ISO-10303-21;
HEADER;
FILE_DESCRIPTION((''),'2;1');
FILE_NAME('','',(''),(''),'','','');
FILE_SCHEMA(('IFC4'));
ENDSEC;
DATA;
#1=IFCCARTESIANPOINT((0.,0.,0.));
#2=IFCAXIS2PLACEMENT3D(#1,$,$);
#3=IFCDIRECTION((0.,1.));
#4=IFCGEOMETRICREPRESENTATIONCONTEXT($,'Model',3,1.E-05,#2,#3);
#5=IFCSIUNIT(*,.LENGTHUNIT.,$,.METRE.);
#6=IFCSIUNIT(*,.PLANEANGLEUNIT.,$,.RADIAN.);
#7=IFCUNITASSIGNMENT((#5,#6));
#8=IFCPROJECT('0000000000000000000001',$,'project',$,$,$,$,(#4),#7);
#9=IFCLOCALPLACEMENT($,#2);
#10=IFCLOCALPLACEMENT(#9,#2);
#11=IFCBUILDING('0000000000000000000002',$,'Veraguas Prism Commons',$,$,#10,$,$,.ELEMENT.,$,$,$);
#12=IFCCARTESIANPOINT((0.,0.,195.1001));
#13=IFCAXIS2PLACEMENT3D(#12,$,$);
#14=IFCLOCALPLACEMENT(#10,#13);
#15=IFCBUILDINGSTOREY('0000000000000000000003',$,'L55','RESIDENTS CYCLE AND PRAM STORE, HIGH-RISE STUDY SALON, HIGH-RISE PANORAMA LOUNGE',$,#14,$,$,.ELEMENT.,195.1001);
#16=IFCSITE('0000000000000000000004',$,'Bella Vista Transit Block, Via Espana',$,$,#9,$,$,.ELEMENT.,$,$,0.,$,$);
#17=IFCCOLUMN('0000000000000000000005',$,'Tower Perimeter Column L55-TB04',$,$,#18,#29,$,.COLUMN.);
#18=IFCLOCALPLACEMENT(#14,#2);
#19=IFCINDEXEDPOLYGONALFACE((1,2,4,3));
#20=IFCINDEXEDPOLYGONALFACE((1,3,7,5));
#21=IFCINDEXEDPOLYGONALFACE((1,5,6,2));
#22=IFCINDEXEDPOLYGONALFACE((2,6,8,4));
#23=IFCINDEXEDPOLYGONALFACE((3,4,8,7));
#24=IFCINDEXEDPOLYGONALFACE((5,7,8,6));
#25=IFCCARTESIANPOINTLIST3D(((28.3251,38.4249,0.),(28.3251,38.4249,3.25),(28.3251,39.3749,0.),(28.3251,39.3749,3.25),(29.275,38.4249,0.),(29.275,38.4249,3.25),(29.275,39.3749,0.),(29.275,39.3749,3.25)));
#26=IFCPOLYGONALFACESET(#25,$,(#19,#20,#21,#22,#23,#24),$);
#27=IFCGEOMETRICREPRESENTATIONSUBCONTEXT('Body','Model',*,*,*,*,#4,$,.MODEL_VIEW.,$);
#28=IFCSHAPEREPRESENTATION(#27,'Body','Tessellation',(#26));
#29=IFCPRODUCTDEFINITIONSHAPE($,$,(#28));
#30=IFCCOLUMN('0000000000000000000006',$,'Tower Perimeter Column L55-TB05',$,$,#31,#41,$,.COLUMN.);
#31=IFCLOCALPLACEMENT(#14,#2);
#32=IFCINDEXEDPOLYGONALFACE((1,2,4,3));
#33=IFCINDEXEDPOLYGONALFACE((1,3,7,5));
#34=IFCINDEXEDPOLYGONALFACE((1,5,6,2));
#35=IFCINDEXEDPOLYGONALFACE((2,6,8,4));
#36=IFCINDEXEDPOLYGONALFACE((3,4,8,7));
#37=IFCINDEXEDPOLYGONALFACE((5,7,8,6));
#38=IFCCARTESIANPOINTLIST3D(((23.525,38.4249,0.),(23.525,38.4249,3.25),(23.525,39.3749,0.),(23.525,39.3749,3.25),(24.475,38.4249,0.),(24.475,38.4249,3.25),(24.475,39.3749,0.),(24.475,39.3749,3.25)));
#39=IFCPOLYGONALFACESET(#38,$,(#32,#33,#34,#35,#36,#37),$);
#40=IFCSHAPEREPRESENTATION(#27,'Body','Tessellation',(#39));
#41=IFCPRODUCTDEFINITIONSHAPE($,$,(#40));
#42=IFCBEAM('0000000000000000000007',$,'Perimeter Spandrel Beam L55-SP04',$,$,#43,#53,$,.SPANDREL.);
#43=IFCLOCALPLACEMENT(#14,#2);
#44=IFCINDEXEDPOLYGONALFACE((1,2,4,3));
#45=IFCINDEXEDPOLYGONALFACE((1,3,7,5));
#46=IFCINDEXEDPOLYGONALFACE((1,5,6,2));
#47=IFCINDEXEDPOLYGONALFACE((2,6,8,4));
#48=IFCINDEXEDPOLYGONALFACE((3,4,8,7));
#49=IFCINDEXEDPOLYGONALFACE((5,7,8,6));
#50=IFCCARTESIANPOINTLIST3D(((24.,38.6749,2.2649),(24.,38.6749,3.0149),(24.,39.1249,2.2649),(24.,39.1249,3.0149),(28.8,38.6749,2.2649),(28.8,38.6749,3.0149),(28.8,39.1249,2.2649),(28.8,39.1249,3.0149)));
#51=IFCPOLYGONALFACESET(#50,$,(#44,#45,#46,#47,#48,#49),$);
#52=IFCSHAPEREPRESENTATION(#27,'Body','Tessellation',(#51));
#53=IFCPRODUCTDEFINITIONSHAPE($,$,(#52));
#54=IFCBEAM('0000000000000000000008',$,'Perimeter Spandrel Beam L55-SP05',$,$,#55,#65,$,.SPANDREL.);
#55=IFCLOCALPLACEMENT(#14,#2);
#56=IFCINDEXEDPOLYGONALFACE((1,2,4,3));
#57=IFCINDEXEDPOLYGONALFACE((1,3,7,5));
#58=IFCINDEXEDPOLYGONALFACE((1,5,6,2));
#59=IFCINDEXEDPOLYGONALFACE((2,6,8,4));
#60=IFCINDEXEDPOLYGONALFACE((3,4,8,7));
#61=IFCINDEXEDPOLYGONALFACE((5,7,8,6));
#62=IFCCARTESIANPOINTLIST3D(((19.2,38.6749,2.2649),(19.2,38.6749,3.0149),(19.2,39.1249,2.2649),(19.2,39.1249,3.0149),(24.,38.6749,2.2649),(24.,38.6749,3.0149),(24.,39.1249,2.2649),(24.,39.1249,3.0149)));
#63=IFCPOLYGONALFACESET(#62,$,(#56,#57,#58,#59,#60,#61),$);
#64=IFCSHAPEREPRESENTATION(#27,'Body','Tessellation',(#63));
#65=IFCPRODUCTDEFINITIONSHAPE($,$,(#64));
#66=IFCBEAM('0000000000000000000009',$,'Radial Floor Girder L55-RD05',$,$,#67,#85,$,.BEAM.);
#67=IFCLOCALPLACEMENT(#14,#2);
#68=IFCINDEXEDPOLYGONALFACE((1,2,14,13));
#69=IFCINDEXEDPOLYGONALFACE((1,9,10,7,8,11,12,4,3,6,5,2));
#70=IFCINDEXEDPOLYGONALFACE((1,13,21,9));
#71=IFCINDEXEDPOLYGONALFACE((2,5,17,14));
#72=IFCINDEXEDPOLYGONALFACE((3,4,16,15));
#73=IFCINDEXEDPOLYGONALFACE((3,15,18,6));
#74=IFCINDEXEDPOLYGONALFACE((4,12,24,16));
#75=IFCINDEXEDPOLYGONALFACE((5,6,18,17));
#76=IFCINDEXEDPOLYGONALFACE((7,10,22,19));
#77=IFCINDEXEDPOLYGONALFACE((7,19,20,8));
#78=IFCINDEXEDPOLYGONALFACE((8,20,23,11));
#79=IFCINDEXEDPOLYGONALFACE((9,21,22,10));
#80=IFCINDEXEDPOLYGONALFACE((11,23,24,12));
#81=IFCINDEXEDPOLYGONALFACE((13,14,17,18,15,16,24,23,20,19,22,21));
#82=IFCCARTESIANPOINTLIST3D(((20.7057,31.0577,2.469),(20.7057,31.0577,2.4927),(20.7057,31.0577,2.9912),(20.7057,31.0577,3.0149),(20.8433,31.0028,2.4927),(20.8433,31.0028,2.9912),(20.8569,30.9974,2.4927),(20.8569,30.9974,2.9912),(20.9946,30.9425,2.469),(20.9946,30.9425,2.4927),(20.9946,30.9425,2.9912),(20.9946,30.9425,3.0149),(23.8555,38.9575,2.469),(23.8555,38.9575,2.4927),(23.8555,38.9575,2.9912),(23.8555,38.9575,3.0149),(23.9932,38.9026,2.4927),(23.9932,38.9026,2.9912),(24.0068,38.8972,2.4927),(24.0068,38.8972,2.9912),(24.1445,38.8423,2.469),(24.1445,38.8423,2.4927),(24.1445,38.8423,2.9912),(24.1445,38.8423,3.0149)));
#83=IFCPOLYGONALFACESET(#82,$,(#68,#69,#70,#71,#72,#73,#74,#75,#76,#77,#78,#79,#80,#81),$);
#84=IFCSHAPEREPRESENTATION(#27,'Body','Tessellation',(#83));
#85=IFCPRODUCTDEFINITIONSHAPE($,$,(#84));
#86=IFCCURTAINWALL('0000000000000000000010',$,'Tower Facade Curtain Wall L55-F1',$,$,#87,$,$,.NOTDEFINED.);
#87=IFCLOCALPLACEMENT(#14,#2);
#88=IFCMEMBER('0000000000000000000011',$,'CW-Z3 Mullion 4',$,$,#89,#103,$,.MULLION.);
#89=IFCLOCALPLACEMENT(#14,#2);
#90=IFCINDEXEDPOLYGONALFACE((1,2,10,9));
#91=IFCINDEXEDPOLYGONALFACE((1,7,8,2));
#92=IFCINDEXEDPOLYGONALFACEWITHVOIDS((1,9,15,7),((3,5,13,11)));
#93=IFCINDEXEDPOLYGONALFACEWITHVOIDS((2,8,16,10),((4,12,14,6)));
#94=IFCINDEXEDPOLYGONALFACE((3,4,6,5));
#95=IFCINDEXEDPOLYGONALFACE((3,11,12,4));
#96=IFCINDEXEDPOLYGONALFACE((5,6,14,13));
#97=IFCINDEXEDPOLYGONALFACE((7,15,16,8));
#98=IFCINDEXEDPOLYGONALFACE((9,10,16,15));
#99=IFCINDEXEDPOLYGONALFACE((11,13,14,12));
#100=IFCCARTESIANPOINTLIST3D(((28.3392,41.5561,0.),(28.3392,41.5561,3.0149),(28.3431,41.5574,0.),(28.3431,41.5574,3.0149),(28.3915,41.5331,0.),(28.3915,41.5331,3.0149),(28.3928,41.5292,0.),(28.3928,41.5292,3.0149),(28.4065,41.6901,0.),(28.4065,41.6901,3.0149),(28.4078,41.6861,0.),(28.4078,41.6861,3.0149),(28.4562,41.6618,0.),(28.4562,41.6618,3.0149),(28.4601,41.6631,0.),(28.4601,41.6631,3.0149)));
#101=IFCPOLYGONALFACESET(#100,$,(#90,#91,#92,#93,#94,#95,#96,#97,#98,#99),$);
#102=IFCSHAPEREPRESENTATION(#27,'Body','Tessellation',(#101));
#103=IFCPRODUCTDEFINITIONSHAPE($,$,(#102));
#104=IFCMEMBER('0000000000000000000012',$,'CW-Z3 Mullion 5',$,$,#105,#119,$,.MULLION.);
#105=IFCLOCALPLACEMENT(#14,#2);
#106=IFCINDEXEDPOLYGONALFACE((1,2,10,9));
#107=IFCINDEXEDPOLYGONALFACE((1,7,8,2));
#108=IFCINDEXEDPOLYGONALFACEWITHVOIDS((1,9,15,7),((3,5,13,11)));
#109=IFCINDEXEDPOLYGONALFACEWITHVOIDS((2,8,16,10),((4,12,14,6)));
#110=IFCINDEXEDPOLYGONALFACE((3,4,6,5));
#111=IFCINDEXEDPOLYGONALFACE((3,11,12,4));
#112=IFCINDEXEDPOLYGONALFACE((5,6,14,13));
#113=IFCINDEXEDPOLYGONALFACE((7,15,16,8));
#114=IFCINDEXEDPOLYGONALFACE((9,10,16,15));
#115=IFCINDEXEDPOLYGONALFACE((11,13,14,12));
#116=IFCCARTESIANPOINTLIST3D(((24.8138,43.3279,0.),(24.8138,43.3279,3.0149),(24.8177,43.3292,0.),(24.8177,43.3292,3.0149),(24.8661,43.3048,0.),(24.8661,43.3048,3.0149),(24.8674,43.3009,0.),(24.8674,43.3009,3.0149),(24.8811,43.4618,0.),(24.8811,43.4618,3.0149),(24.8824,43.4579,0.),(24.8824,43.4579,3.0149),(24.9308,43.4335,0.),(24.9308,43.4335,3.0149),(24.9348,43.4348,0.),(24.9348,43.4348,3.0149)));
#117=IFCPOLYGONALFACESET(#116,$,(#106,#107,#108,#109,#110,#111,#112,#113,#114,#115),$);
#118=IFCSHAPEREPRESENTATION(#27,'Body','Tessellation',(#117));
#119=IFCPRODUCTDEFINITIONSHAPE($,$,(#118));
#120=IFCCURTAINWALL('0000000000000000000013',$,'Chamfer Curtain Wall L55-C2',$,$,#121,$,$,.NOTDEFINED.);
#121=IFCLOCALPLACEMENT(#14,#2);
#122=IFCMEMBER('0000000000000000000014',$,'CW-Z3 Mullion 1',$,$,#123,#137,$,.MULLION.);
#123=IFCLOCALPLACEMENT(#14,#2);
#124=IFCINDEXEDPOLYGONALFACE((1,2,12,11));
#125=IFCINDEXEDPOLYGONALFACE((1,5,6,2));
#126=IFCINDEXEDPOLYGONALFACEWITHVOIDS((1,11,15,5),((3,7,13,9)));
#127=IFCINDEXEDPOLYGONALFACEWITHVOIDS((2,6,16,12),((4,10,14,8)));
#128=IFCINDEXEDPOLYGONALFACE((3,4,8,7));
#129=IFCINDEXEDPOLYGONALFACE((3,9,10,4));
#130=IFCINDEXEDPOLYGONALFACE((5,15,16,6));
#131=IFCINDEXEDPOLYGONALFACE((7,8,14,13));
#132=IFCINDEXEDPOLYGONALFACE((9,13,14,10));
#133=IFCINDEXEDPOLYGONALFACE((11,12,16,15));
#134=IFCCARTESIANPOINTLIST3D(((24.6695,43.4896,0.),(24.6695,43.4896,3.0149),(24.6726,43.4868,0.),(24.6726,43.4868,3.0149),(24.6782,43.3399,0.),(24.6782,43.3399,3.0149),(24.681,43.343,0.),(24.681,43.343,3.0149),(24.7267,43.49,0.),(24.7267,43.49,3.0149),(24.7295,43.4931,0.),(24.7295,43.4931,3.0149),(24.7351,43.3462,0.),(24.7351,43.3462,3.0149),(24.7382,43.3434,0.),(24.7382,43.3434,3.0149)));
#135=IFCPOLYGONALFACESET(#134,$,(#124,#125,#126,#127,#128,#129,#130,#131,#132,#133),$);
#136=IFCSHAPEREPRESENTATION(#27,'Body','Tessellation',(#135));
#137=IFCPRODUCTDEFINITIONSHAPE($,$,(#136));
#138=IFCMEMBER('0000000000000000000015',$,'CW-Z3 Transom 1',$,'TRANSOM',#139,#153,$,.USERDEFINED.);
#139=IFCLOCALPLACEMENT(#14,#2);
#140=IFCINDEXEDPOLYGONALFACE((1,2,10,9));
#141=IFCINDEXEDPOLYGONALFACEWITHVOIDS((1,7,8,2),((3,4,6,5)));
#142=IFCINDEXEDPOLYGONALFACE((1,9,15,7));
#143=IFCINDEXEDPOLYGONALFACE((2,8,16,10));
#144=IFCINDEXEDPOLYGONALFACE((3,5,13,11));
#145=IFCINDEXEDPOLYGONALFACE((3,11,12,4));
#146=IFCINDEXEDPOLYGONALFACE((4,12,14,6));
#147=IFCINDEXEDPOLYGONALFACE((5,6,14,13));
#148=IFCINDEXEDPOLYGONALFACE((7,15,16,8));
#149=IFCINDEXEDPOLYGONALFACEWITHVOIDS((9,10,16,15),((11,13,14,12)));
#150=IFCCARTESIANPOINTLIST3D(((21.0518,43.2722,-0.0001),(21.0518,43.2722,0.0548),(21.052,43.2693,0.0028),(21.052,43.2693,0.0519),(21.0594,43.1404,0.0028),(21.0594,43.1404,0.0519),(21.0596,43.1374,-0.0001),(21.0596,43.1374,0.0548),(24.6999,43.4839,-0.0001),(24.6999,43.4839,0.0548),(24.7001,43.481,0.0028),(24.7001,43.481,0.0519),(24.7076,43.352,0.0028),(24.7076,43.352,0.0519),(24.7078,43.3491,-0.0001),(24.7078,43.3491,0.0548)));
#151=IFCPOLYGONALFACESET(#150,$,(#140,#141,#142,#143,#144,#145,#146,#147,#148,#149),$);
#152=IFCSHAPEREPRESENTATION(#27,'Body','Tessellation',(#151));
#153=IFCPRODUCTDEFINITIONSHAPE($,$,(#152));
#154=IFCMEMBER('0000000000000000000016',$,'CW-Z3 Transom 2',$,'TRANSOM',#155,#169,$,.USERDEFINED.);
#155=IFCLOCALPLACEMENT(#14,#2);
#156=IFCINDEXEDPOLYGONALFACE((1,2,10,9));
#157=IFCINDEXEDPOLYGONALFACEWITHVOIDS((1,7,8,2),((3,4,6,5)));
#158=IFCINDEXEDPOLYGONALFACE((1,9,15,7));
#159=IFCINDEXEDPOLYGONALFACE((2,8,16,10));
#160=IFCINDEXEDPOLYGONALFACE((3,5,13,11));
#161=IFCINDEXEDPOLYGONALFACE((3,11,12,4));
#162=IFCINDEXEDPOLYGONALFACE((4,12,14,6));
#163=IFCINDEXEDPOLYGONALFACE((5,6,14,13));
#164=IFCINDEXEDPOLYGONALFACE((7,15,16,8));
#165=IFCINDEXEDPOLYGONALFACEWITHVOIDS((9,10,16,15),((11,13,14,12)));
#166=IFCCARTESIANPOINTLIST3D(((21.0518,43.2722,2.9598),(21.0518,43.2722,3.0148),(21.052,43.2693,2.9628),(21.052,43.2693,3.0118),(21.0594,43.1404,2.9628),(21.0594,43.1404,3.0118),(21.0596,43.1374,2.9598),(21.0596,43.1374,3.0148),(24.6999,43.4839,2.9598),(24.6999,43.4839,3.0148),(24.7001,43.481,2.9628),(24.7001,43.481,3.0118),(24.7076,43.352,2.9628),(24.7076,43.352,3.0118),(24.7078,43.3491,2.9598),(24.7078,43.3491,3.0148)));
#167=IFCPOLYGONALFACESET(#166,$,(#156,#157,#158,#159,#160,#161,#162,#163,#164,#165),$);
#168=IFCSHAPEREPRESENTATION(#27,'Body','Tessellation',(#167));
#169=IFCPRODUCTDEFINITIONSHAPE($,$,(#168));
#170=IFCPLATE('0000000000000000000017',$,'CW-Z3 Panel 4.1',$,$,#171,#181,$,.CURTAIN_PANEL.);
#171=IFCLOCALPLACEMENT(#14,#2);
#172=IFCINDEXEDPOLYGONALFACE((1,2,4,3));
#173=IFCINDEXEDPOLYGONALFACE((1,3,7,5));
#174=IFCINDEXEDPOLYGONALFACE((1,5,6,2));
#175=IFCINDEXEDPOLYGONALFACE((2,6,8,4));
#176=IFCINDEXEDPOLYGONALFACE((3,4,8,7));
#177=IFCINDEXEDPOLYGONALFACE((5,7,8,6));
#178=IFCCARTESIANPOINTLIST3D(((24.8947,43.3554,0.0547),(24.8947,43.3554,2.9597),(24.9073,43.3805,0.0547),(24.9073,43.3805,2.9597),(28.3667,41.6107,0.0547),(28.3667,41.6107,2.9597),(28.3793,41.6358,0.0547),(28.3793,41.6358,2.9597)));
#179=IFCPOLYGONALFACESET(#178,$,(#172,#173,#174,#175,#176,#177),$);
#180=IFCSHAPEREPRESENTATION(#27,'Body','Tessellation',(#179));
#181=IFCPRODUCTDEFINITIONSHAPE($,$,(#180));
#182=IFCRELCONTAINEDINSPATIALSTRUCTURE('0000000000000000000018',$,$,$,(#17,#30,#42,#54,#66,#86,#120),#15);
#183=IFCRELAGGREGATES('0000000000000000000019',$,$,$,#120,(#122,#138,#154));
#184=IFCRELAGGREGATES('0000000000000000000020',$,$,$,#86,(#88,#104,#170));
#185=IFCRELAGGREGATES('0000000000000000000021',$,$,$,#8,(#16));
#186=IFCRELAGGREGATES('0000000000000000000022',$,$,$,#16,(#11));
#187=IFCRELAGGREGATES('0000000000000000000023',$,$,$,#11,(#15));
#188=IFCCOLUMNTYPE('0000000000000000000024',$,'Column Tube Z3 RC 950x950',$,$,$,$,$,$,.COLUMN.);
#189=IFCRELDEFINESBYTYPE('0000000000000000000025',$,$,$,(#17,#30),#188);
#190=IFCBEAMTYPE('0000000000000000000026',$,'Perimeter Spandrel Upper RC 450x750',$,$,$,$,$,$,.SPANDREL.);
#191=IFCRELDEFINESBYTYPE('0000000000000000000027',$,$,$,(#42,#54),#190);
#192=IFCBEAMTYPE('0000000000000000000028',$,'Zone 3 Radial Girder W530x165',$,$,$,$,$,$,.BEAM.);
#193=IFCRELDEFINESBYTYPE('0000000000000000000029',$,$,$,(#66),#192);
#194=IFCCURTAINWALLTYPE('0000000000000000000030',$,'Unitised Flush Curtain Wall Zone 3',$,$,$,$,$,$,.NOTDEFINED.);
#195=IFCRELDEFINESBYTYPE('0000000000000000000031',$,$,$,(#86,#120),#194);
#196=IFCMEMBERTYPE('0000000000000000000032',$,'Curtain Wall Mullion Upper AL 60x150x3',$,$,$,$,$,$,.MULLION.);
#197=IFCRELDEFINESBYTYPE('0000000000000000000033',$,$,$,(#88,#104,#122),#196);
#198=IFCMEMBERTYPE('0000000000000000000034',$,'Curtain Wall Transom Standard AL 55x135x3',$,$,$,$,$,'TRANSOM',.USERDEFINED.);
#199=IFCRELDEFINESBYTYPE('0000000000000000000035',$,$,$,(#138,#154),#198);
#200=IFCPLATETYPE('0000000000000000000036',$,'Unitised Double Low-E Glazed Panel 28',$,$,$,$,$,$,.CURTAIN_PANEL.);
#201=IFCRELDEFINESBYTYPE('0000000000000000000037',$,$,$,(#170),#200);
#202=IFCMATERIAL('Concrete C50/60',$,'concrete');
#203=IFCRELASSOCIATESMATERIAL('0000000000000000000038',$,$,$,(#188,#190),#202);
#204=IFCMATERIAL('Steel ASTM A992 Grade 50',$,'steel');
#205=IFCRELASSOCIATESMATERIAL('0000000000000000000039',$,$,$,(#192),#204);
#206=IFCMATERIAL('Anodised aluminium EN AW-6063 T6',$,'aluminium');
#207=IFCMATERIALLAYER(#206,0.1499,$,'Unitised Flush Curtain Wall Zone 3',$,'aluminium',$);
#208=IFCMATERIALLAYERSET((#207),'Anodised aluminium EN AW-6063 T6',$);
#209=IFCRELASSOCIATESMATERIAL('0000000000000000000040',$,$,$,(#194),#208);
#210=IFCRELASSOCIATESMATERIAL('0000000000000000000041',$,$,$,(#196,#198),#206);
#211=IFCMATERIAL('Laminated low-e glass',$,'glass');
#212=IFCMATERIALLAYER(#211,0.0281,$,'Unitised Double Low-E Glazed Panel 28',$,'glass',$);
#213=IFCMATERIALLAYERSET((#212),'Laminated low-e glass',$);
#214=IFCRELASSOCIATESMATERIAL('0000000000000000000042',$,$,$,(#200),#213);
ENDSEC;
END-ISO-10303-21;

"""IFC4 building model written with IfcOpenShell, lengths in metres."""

from ifc_helpers import new_model, si_unit, direction, frame, origin, origin_2d, place, context, subcontext, project, spatial, rectangle, hollow_rectangle, i_section, extrude, source, transform, mapped, material, layer, layer_set, material_profile, profile_set, type_object, element, aggregate, save


model = new_model("IFC4")

# Units and contexts
model_context = context("Model", 3, precision=1e-05, world=origin(), true_north=direction((0.0, 1.0)))
body_context = subcontext(model_context, "Body", "Model", "MODEL_VIEW")
ifc_project = project(units=[si_unit("LENGTHUNIT", "METRE"), si_unit("PLANEANGLEUNIT", "RADIAN")], contexts=[model_context])

# Site, building, storey
site_placement = place(None, origin())
site = spatial("IfcSite", under=ifc_project, at=site_placement, Name="Bella Vista Transit Block, Via Espana", CompositionType="ELEMENT", RefElevation=0.0)
building_placement = place(site_placement, origin())
building = spatial("IfcBuilding", under=site, at=building_placement, Name="Veraguas Prism Commons", CompositionType="ELEMENT")
storey_placement = place(building_placement, frame((0.0, 0.0, 195.1001)))
storey = spatial("IfcBuildingStorey", under=building, at=storey_placement, Name="L55", Description="RESIDENTS CYCLE AND PRAM STORE, HIGH-RISE STUDY SALON, HIGH-RISE PANORAMA LOUNGE", CompositionType="ELEMENT", Elevation=195.1001)

# Columns
ifc_material_1 = material(Name="Concrete C50/60", Category="concrete")
ifc_material_profile_1 = material_profile(ifc_material_1, rectangle(XDim=0.95, YDim=0.95, at=origin_2d()), Name="RC950X950")
ifc_profile_set_1 = profile_set([ifc_material_profile_1], Name="Concrete C50/60")
column_type = type_object("IfcColumnType", Name="Column Tube Z3 RC 950x950", PredefinedType="COLUMN", material=ifc_profile_set_1)
for number, where, z_axis, x_axis, name in (
    (1, (28.8, 38.8999, 0.0), (0.0, 0.0, 1.0), (1.0, 0.0, 0.0), "Tower Perimeter Column L55-TB04"),
    (2, (24.0, 38.8999, 0.0), (0.0, 0.0, 1.0), (1.0, 0.0, 0.0), "Tower Perimeter Column L55-TB05"),
):
    element("IfcColumn", number, at=place(storey_placement, frame(where, z_axis=z_axis, x_axis=x_axis)), inside=storey, type_object=column_type, Name=name, PredefinedType="COLUMN", context=body_context, shape_type="SweptSolid", body=[
        extrude(rectangle(XDim=0.95, YDim=0.95, at=origin_2d()), origin(), (0.0, 0.0, 1.0), 3.25),
    ])

# Beams
ifc_material_profile_2 = material_profile(ifc_material_1, rectangle(XDim=0.45, YDim=0.75, at=origin_2d()), Name="RC450X750")
ifc_profile_set_2 = profile_set([ifc_material_profile_2], Name="Concrete C50/60")
beam_type_1 = type_object("IfcBeamType", Name="Perimeter Spandrel Upper RC 450x750", PredefinedType="SPANDREL", material=ifc_profile_set_2)
for number, where, z_axis, x_axis, name in (
    (3, (28.8, 38.8999, 2.6399), (-1.0, 0.0, 0.0), (0.0, -1.0, 0.0), "Perimeter Spandrel Beam L55-SP04"),
    (4, (24.0, 38.8999, 2.6399), (-1.0, 0.0, 0.0), (0.0, -1.0, 0.0), "Perimeter Spandrel Beam L55-SP05"),
):
    element("IfcBeam", number, at=place(storey_placement, frame(where, z_axis=z_axis, x_axis=x_axis)), inside=storey, type_object=beam_type_1, Name=name, PredefinedType="SPANDREL", context=body_context, shape_type="SweptSolid", body=[
        extrude(rectangle(XDim=0.45, YDim=0.75, at=origin_2d()), origin(), (0.0, 0.0, 1.0), 4.8),
    ])
ifc_material_2 = material(Name="Steel ASTM A992 Grade 50", Category="steel")
ifc_material_profile_3 = material_profile(ifc_material_2, i_section(OverallWidth=0.311, OverallDepth=0.5459, WebThickness=0.0146, FlangeThickness=0.0237, at=origin_2d()), Name="W530X165")
ifc_profile_set_3 = profile_set([ifc_material_profile_3], Name="Steel ASTM A992 Grade 50")
beam_type_2 = type_object("IfcBeamType", Name="Zone 3 Radial Girder W530x165", PredefinedType="BEAM", material=ifc_profile_set_3)
beam_placement = place(storey_placement, frame((24.0, 38.8999, 2.7419), z_axis=(-0.370371, -0.928884, 0.0), x_axis=(0.928884, -0.370371, 0.0)))
element("IfcBeam", 5, at=beam_placement, inside=storey, type_object=beam_type_2, Name="Radial Floor Girder L55-RD05", PredefinedType="BEAM", context=body_context, shape_type="SweptSolid", body=[
    extrude(i_section(OverallWidth=0.311, OverallDepth=0.5459, WebThickness=0.0146, FlangeThickness=0.0237, at=origin_2d()), origin(), (0.0, 0.0, 1.0), 8.5046),
])

# Curtain walls, members
ifc_material_3 = material(Name="Anodised aluminium EN AW-6063 T6", Category="aluminium")
ifc_layer_1 = layer(ifc_material_3, 0.1499, Name="Unitised Flush Curtain Wall Zone 3", Category="aluminium")
ifc_layer_set_1 = layer_set([ifc_layer_1], Name="Anodised aluminium EN AW-6063 T6")
curtain_wall_type = type_object("IfcCurtainWallType", Name="Unitised Flush Curtain Wall Zone 3", PredefinedType="NOTDEFINED", material=ifc_layer_set_1)
curtain_wall_1_placement = place(storey_placement, origin())
curtain_wall_1 = element("IfcCurtainWall", 6, at=curtain_wall_1_placement, inside=storey, type_object=curtain_wall_type, Name="Tower Facade Curtain Wall L55-F1", PredefinedType="NOTDEFINED")
ifc_material_profile_4 = material_profile(ifc_material_3, hollow_rectangle(XDim=0.0601, YDim=0.1499, WallThickness=0.0029, at=origin_2d()), Name="AL60X150X3")
ifc_profile_set_4 = profile_set([ifc_material_profile_4], Name="Anodised aluminium EN AW-6063 T6")
member_type_1 = type_object("IfcMemberType", Name="Curtain Wall Mullion Upper AL 60x150x3", PredefinedType="MULLION", material=ifc_profile_set_4)
shared_shape_1 = source(origin(), body_context, "Body", "SweptSolid", [
    extrude(hollow_rectangle(XDim=0.0601, YDim=0.1499, WallThickness=0.0029, at=origin_2d()), origin(), (0.0, 0.0, 1.0), 3.0149),
])
member_1_placement = place(storey_placement, frame((28.3997, 41.6096, 0.0), z_axis=(0.0, 0.0, 1.0), x_axis=(-0.893526, 0.449012, 0.0)))
member_1 = element("IfcMember", 7, at=member_1_placement, type_object=member_type_1, Name="CW-Z3 Mullion 4", PredefinedType="MULLION", context=body_context, shape_type="MappedRepresentation", body=[
    mapped(shared_shape_1, transform((0.0, 0.0, 0.0), scale=1.0)),
])
member_2_placement = place(storey_placement, frame((24.8743, 43.3813, 0.0), z_axis=(0.0, 0.0, 1.0), x_axis=(-0.893526, 0.449012, 0.0)))
member_2 = element("IfcMember", 8, at=member_2_placement, type_object=member_type_1, Name="CW-Z3 Mullion 5", PredefinedType="MULLION", context=body_context, shape_type="MappedRepresentation", body=[
    mapped(shared_shape_1, transform((0.0, 0.0, 0.0), scale=1.0)),
])
curtain_wall_2_placement = place(storey_placement, origin())
curtain_wall_2 = element("IfcCurtainWall", 9, at=curtain_wall_2_placement, inside=storey, type_object=curtain_wall_type, Name="Chamfer Curtain Wall L55-C2", PredefinedType="NOTDEFINED")
member_3_placement = place(storey_placement, frame((24.7039, 43.4165, 0.0), z_axis=(0.0, 0.0, 1.0), x_axis=(-0.998322, -0.057909, 0.0)))
member_3 = element("IfcMember", 10, at=member_3_placement, type_object=member_type_1, Name="CW-Z3 Mullion 1", PredefinedType="MULLION", context=body_context, shape_type="MappedRepresentation", body=[
    mapped(shared_shape_1, transform((0.0, 0.0, 0.0), scale=1.0)),
])
ifc_material_profile_5 = material_profile(ifc_material_3, hollow_rectangle(XDim=0.0549, YDim=0.135, WallThickness=0.0029, at=origin_2d()), Name="AL55X135X3")
ifc_profile_set_5 = profile_set([ifc_material_profile_5], Name="Anodised aluminium EN AW-6063 T6")
member_type_2 = type_object("IfcMemberType", Name="Curtain Wall Transom Standard AL 55x135x3", ElementType="TRANSOM", PredefinedType="USERDEFINED", material=ifc_profile_set_5)
shared_shape_2 = source(origin(), body_context, "Body", "SweptSolid", [
    extrude(hollow_rectangle(XDim=0.0549, YDim=0.135, WallThickness=0.0029, at=origin_2d()), origin(), (0.0, 0.0, 1.0), 3.6543),
])
member_4_placement = place(storey_placement, frame((24.7039, 43.4165, 0.0273), z_axis=(-0.998321, -0.057923, 0.0), x_axis=(0.0, 0.0, 1.0)))
member_4 = element("IfcMember", 11, at=member_4_placement, type_object=member_type_2, Name="CW-Z3 Transom 1", ObjectType="TRANSOM", PredefinedType="USERDEFINED", context=body_context, shape_type="MappedRepresentation", body=[
    mapped(shared_shape_2, transform((0.0, 0.0, 0.0), scale=1.0)),
])
member_5_placement = place(storey_placement, frame((24.7039, 43.4165, 2.9873), z_axis=(-0.998321, -0.057923, 0.0), x_axis=(0.0, 0.0, 1.0)))
member_5 = element("IfcMember", 12, at=member_5_placement, type_object=member_type_2, Name="CW-Z3 Transom 2", ObjectType="TRANSOM", PredefinedType="USERDEFINED", context=body_context, shape_type="MappedRepresentation", body=[
    mapped(shared_shape_2, transform((0.0, 0.0, 0.0), scale=1.0)),
])
aggregate(curtain_wall_2, [member_3, member_4, member_5])

# Plate
ifc_material_4 = material(Name="Laminated low-e glass", Category="glass")
ifc_layer_2 = layer(ifc_material_4, 0.0281, Name="Unitised Double Low-E Glazed Panel 28", Category="glass")
ifc_layer_set_2 = layer_set([ifc_layer_2], Name="Laminated low-e glass")
plate_type = type_object("IfcPlateType", Name="Unitised Double Low-E Glazed Panel 28", PredefinedType="CURTAIN_PANEL", material=ifc_layer_set_2)
shared_shape_3 = source(origin(), body_context, "Body", "SweptSolid", [
    extrude(rectangle(XDim=3.8857, YDim=0.0281, at=origin_2d()), origin(), (0.0, 0.0, 1.0), 2.905),
])
plate_placement = place(storey_placement, frame((26.637, 42.4956, 0.0547), z_axis=(0.0, 0.0, 1.0), x_axis=(-0.893526, 0.449012, 0.0)))
plate = element("IfcPlate", 13, at=plate_placement, type_object=plate_type, Name="CW-Z3 Panel 4.1", PredefinedType="CURTAIN_PANEL", context=body_context, shape_type="MappedRepresentation", body=[
    mapped(shared_shape_3, transform((0.0, 0.0, 0.0), scale=1.0)),
])
aggregate(curtain_wall_1, [member_1, member_2, plate])

save(model, "model.ifc")
